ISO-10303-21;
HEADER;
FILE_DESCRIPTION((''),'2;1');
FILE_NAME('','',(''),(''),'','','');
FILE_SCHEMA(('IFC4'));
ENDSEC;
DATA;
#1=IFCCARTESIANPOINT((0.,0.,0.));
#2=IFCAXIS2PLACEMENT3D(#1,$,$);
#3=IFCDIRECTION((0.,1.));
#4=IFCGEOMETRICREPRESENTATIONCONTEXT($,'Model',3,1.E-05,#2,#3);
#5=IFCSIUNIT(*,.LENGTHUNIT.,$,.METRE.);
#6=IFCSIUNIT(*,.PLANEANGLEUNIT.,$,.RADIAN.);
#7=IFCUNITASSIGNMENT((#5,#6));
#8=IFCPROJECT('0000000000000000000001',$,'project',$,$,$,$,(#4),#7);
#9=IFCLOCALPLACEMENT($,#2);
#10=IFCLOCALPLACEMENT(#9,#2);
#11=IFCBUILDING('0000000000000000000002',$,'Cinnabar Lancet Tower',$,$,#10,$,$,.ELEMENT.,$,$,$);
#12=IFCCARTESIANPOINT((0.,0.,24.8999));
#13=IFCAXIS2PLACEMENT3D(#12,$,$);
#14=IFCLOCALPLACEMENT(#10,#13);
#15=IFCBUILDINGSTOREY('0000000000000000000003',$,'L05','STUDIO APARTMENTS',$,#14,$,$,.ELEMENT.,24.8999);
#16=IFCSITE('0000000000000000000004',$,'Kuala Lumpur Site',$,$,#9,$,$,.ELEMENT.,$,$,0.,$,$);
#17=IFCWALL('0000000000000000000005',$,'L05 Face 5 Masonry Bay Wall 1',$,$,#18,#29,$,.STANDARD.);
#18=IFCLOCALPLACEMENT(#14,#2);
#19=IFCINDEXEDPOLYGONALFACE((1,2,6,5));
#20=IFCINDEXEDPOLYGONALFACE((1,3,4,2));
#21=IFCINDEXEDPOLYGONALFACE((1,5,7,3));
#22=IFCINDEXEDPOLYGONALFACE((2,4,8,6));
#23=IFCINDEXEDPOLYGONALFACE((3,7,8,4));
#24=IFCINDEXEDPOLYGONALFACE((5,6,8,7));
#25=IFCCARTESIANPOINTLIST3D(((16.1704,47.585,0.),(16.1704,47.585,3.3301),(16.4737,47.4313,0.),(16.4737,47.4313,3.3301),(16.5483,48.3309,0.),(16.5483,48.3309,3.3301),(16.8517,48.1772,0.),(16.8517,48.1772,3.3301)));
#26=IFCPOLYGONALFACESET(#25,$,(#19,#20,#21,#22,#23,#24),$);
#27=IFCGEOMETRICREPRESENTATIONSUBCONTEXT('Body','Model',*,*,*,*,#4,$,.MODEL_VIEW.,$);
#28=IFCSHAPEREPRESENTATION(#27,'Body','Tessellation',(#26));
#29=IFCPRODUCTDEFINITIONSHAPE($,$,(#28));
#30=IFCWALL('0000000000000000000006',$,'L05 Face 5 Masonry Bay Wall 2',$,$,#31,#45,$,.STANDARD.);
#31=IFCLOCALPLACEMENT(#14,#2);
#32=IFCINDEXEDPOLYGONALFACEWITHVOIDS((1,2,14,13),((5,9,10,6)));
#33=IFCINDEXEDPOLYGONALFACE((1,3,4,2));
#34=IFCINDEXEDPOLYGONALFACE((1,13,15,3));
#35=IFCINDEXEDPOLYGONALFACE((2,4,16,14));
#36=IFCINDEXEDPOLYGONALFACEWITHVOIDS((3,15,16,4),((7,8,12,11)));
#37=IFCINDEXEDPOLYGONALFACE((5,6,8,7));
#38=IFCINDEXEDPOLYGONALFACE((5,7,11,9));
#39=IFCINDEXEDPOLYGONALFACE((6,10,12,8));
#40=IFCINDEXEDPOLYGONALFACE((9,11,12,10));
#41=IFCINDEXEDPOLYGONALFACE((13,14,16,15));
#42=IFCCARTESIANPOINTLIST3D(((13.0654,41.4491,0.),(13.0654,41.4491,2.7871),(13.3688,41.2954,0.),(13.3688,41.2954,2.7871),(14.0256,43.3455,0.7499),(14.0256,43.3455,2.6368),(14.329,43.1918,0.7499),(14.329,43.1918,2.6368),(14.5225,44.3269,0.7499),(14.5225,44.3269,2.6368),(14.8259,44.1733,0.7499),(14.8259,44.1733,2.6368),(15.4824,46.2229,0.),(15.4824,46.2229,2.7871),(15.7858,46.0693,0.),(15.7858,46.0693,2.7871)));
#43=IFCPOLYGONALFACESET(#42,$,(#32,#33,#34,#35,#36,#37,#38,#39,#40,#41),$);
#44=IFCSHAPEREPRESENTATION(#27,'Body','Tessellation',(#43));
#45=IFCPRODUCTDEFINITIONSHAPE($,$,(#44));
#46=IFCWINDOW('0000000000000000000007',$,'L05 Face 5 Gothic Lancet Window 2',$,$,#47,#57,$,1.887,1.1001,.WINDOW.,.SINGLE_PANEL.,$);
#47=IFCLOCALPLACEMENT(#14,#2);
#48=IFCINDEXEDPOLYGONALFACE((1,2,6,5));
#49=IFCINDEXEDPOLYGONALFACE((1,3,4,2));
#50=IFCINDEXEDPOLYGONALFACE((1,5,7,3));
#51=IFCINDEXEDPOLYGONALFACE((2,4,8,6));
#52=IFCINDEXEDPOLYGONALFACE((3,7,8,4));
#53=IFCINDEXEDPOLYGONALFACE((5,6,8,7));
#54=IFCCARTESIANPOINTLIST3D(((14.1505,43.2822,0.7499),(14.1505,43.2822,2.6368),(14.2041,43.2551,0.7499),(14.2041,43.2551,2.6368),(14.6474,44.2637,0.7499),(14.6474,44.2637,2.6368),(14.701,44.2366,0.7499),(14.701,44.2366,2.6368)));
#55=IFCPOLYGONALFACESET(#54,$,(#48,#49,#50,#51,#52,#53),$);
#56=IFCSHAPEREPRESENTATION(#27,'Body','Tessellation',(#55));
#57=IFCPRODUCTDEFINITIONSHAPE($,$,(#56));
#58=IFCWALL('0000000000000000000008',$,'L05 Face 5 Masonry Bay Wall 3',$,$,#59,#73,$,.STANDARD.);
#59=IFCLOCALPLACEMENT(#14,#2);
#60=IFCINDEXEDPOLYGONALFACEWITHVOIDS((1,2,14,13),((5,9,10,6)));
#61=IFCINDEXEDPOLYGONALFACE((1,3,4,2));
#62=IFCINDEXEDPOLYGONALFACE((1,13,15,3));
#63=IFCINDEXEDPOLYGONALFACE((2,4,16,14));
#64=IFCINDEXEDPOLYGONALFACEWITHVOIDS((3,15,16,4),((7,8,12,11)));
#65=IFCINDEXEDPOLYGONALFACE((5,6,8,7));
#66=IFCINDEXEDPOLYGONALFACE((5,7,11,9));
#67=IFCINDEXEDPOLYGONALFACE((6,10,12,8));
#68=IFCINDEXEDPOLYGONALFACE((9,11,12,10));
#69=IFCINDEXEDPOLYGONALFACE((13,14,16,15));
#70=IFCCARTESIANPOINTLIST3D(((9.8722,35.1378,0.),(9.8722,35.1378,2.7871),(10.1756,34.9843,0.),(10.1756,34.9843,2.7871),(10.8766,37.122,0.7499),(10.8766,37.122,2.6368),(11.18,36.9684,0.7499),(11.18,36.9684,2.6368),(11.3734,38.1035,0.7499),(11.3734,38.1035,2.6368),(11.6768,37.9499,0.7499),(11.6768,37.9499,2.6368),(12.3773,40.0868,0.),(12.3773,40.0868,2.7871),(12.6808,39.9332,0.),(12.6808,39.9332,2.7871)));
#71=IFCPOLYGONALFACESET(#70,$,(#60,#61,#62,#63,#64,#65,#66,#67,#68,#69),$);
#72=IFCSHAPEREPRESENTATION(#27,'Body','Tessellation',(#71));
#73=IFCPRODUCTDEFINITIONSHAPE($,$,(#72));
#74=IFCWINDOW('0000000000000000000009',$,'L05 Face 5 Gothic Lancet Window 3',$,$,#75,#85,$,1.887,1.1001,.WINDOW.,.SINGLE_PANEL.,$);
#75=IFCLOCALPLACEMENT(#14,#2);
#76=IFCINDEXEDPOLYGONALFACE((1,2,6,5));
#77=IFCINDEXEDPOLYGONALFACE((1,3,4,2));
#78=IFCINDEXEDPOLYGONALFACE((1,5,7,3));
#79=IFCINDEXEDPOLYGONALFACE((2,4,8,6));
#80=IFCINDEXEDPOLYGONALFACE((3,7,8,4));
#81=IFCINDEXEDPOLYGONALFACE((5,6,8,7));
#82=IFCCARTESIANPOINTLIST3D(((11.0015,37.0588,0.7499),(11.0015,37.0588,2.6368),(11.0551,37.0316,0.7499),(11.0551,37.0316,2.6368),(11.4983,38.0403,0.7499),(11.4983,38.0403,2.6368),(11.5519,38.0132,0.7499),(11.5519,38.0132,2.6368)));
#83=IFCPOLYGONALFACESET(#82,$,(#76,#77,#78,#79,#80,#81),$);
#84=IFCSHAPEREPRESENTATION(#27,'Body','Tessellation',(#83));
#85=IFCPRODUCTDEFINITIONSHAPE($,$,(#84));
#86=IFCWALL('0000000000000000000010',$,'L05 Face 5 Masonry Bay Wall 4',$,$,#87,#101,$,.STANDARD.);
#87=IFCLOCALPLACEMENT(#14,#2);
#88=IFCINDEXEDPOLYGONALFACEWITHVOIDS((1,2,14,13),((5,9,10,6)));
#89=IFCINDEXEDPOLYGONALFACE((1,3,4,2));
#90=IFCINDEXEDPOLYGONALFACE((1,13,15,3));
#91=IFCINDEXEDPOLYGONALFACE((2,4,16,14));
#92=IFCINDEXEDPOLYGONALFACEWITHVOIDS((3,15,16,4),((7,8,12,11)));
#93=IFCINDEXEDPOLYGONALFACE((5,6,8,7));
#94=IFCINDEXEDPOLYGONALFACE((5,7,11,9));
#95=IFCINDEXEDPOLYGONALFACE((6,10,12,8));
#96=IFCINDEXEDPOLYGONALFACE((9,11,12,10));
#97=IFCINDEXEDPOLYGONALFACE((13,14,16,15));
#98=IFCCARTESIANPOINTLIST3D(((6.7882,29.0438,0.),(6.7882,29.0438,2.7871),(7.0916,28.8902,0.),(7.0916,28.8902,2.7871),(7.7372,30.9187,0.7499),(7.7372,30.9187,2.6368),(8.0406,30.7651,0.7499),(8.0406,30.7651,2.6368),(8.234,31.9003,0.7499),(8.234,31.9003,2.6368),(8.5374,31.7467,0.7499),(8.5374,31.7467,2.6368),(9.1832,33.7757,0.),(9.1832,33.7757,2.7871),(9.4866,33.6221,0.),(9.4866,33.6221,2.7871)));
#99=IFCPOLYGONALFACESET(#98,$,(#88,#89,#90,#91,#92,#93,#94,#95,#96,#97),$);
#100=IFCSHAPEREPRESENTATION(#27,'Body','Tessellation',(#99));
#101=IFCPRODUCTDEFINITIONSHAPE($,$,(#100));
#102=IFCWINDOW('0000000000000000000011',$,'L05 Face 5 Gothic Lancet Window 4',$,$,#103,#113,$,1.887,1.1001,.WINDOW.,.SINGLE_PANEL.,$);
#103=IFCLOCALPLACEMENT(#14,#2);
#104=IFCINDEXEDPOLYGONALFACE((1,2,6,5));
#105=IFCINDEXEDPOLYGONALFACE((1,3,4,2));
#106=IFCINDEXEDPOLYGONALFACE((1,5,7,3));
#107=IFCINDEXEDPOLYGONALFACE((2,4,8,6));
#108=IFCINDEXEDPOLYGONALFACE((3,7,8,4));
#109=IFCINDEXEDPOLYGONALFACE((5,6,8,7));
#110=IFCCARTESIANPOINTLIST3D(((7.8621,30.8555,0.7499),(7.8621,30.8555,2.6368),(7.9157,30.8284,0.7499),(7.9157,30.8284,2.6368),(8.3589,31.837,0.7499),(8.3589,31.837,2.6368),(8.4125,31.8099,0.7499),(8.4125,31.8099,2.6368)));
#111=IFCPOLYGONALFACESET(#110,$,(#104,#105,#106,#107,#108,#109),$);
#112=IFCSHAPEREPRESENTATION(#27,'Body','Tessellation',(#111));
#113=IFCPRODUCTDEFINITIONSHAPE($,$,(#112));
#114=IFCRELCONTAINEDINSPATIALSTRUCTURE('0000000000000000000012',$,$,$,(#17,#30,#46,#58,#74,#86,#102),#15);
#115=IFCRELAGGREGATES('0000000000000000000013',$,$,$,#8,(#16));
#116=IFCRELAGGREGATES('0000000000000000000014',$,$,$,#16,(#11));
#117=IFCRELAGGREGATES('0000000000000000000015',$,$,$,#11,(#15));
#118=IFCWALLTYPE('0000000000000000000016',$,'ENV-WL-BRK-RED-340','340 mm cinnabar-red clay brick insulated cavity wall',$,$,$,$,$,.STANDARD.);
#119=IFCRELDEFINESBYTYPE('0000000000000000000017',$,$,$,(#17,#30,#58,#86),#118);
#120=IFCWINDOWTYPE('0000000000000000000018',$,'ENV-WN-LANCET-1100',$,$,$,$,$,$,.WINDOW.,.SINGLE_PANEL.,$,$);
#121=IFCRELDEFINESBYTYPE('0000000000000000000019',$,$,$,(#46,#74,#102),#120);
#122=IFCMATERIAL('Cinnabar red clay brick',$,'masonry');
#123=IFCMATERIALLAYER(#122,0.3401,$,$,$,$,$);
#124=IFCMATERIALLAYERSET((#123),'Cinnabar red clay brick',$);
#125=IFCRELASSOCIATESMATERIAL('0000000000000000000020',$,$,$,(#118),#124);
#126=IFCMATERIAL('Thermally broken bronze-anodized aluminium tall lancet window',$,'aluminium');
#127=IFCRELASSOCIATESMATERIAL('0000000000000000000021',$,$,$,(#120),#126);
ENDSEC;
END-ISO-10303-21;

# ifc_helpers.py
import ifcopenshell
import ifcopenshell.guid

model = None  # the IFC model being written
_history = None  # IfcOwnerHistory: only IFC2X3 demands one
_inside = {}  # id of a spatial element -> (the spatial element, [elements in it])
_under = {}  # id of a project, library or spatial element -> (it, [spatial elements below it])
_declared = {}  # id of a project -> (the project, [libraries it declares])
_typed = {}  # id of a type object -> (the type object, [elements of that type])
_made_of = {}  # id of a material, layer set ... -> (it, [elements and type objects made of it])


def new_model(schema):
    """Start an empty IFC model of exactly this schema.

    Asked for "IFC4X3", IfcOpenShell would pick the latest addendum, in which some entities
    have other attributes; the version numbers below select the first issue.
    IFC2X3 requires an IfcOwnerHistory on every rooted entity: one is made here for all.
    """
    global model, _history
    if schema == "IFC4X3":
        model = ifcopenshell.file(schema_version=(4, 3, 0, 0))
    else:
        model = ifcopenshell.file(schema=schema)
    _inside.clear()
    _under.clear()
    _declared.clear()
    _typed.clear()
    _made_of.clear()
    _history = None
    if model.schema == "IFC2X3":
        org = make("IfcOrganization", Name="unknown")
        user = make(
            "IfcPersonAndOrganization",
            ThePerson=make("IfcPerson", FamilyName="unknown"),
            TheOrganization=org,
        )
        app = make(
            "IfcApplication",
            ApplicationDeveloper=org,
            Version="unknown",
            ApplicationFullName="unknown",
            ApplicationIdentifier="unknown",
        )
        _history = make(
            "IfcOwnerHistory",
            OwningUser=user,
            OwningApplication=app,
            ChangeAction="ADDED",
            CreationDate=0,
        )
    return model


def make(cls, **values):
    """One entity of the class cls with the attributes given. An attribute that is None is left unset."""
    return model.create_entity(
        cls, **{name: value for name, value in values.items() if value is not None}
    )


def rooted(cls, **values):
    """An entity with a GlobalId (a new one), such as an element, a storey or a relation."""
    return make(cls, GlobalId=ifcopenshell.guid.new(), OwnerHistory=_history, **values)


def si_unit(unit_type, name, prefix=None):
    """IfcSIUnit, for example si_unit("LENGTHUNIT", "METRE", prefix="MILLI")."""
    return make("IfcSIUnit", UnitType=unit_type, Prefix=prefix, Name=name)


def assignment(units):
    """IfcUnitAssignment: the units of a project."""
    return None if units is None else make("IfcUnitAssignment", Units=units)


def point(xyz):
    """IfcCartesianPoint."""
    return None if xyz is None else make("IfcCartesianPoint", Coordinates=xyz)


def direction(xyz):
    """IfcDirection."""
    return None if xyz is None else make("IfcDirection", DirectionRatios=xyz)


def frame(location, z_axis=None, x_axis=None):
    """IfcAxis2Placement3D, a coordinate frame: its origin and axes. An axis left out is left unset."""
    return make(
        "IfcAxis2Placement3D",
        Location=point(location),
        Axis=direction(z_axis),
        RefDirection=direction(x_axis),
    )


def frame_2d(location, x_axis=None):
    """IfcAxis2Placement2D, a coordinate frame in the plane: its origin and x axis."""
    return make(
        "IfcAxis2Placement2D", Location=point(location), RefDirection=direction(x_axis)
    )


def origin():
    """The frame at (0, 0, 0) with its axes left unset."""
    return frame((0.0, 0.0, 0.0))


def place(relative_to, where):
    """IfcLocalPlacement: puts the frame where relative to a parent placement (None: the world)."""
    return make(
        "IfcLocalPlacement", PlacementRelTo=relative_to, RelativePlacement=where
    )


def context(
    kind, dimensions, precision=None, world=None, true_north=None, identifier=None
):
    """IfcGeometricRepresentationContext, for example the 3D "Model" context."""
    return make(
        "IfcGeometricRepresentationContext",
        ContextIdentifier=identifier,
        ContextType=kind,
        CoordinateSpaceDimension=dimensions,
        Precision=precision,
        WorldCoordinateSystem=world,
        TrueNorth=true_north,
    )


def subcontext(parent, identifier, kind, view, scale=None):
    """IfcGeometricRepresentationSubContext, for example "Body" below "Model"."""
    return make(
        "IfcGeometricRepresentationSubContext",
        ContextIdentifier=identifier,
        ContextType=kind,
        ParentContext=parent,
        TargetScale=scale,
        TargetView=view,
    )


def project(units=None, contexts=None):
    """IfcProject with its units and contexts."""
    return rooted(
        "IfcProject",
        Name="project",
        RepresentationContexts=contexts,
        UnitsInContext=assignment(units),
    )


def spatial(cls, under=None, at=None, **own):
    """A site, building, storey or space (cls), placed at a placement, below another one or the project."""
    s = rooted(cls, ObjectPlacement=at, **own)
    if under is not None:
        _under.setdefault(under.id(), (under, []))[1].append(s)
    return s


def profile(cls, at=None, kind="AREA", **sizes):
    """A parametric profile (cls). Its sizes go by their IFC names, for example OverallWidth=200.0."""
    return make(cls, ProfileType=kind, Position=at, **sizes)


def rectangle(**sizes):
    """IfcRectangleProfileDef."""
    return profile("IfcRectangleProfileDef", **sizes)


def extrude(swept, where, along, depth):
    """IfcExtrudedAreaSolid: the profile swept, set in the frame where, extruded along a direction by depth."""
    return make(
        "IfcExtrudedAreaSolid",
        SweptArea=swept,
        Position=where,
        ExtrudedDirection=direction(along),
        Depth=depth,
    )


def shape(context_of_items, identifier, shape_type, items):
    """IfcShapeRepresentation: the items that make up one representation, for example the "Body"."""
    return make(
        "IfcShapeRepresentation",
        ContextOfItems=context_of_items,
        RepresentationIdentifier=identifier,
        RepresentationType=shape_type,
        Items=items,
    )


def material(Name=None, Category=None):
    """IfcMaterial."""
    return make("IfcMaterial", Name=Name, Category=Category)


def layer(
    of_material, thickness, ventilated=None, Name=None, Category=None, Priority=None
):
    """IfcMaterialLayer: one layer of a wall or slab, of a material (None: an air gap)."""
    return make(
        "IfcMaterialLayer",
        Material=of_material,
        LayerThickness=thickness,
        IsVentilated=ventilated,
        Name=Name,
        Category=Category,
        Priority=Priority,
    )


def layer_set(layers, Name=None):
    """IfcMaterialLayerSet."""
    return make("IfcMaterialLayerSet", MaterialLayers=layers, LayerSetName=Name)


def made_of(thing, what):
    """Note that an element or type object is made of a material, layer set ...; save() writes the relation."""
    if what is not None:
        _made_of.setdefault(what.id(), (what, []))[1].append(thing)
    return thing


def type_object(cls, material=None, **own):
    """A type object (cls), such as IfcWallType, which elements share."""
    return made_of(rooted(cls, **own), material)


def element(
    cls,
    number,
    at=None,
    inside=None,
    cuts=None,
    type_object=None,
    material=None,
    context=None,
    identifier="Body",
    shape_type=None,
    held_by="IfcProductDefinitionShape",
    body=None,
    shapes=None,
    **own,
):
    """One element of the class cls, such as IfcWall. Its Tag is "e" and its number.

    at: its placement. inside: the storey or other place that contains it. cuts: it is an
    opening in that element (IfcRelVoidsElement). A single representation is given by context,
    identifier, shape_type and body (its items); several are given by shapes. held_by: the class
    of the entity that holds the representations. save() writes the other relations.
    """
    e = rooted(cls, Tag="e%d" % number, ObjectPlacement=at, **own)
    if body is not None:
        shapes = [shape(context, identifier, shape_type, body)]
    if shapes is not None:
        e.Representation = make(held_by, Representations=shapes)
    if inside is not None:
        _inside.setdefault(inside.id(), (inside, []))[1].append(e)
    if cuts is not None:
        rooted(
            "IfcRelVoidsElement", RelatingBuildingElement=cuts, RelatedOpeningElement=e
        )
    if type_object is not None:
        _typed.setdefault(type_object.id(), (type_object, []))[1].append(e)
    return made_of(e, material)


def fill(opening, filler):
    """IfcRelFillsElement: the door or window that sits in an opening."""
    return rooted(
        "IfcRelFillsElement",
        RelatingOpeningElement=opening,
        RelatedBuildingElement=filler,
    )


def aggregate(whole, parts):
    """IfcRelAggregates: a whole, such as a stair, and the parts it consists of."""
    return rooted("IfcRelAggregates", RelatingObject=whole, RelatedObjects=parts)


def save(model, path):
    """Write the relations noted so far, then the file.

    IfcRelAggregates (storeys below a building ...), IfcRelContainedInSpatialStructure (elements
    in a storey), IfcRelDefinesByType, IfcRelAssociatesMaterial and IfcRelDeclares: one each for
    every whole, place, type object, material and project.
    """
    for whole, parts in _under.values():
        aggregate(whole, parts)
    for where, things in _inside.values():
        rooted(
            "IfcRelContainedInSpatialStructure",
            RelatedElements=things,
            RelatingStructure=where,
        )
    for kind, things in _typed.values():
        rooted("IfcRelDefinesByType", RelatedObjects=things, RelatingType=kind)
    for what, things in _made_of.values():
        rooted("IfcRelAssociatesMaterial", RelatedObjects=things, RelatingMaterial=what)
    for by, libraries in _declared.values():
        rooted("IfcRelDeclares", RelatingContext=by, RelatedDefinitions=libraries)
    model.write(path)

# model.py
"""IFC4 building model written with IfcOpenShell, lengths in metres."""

from ifc_helpers import new_model, si_unit, direction, frame, frame_2d, origin, place, context, subcontext, project, spatial, rectangle, extrude, material, layer, layer_set, type_object, element, fill, save


model = new_model("IFC4")

# Units and contexts
model_context = context("Model", 3, precision=1e-05, world=origin(), true_north=direction((0.0, 1.0)))
body_context = subcontext(model_context, "Body", "Model", "MODEL_VIEW")
ifc_project = project(units=[si_unit("LENGTHUNIT", "METRE"), si_unit("PLANEANGLEUNIT", "RADIAN")], contexts=[model_context])

# Site, building, storey
site_placement = place(None, origin())
site = spatial("IfcSite", under=ifc_project, at=site_placement, Name="Kuala Lumpur Site", CompositionType="ELEMENT", RefElevation=0.0)
building_placement = place(site_placement, origin())
building = spatial("IfcBuilding", under=site, at=building_placement, Name="Cinnabar Lancet Tower", CompositionType="ELEMENT")
storey_placement = place(building_placement, frame((0.0, 0.0, 24.8999)))
storey = spatial("IfcBuildingStorey", under=building, at=storey_placement, Name="L05", Description="STUDIO APARTMENTS", CompositionType="ELEMENT", Elevation=24.8999)

# Wall
ifc_material_1 = material(Name="Cinnabar red clay brick", Category="masonry")
ifc_layer_1 = layer(ifc_material_1, 0.3401)
ifc_layer_set_1 = layer_set([ifc_layer_1], Name="Cinnabar red clay brick")
wall_type_1 = type_object("IfcWallType", Name="ENV-WL-BRK-RED-340", Description="340 mm cinnabar-red clay brick insulated cavity wall", PredefinedType="STANDARD", material=ifc_layer_set_1)
wall_1_placement = place(storey_placement, frame((16.7, 48.2539, 0.0), z_axis=(0.0, 0.0, 1.0), x_axis=(-0.451996, -0.89202, 0.0)))
element("IfcWall", 1, at=wall_1_placement, inside=storey, type_object=wall_type_1, Name="L05 Face 5 Masonry Bay Wall 1", PredefinedType="STANDARD", context=body_context, shape_type="SweptSolid", body=[
    extrude(rectangle(XDim=0.8362, YDim=0.3401, at=frame_2d((0.418, 0.0))), origin(), (0.0, 0.0, 1.0), 3.3301),
])

# Walls, openings, windows
wall_2_placement = place(storey_placement, frame((15.634, 46.146, 0.0), z_axis=(0.0, 0.0, 1.0), x_axis=(-0.451698, -0.892171, 0.0)))
wall_2 = element("IfcWall", 2, at=wall_2_placement, inside=storey, type_object=wall_type_1, Name="L05 Face 5 Masonry Bay Wall 2", PredefinedType="STANDARD", context=body_context, shape_type="SweptSolid", body=[
    extrude(rectangle(XDim=5.3508, YDim=0.3401, at=frame_2d((2.6753, 0.0))), origin(), (0.0, 0.0, 1.0), 2.7871),
])
opening_1_placement = place(wall_2_placement, frame((2.125, 0.0, 0.75)))
opening_1 = element("IfcOpeningElement", 3, at=opening_1_placement, cuts=wall_2, PredefinedType="OPENING", context=body_context, shape_type="SweptSolid", body=[
    extrude(rectangle(XDim=1.1001, YDim=1.887, at=frame_2d((0.55, 0.9434))), frame((0.0, 0.1799, 0.0), z_axis=(0.0, -1.0, 0.0), x_axis=(1.0, 0.0, 0.0)), (0.0, 0.0, 1.0), 0.3601),
])
ifc_material_2 = material(Name="Thermally broken bronze-anodized aluminium tall lancet window", Category="aluminium")
window_type = type_object("IfcWindowType", Name="ENV-WN-LANCET-1100", PartitioningType="SINGLE_PANEL", PredefinedType="WINDOW", material=ifc_material_2)
window_1_placement = place(opening_1_placement, origin())
window_1 = element("IfcWindow", 4, at=window_1_placement, inside=storey, type_object=window_type, Name="L05 Face 5 Gothic Lancet Window 2", OverallHeight=1.887, OverallWidth=1.1001, PartitioningType="SINGLE_PANEL", PredefinedType="WINDOW", context=body_context, shape_type="SweptSolid", body=[
    extrude(rectangle(XDim=1.1001, YDim=1.887, at=frame_2d((0.55, 0.9434))), frame((0.0, 0.03, 0.0), z_axis=(0.0, -1.0, 0.0), x_axis=(1.0, 0.0, 0.0)), (0.0, 0.0, 1.0), 0.0601),
])
fill(opening_1, window_1)
wall_3_placement = place(storey_placement, frame((12.5291, 40.01, 0.0), z_axis=(0.0, 0.0, 1.0), x_axis=(-0.451627, -0.892207, 0.0)))
wall_3 = element("IfcWall", 5, at=wall_3_placement, inside=storey, type_object=wall_type_1, Name="L05 Face 5 Masonry Bay Wall 3", PredefinedType="STANDARD", context=body_context, shape_type="SweptSolid", body=[
    extrude(rectangle(XDim=5.5469, YDim=0.3401, at=frame_2d((2.7734, 0.0))), origin(), (0.0, 0.0, 1.0), 2.7871),
])
opening_2_placement = place(wall_3_placement, frame((2.2229, 0.0, 0.75)))
opening_2 = element("IfcOpeningElement", 6, at=opening_2_placement, cuts=wall_3, PredefinedType="OPENING", context=body_context, shape_type="SweptSolid", body=[
    extrude(rectangle(XDim=1.1001, YDim=1.887, at=frame_2d((0.55, 0.9434))), frame((0.0, 0.1799, 0.0), z_axis=(0.0, -1.0, 0.0), x_axis=(1.0, 0.0, 0.0)), (0.0, 0.0, 1.0), 0.3601),
])
window_2_placement = place(opening_2_placement, origin())
window_2 = element("IfcWindow", 7, at=window_2_placement, inside=storey, type_object=window_type, Name="L05 Face 5 Gothic Lancet Window 3", OverallHeight=1.887, OverallWidth=1.1001, PartitioningType="SINGLE_PANEL", PredefinedType="WINDOW", context=body_context, shape_type="SweptSolid", body=[
    extrude(rectangle(XDim=1.1001, YDim=1.887, at=frame_2d((0.55, 0.9434))), frame((0.0, 0.03, 0.0), z_axis=(0.0, -1.0, 0.0), x_axis=(1.0, 0.0, 0.0)), (0.0, 0.0, 1.0), 0.0601),
])
fill(opening_2, window_2)
wall_4_placement = place(storey_placement, frame((9.335, 33.699, 0.0), z_axis=(0.0, 0.0, 1.0), x_axis=(-0.451591, -0.892225, 0.0)))
wall_4 = element("IfcWall", 8, at=wall_4_placement, inside=storey, type_object=wall_type_1, Name="L05 Face 5 Masonry Bay Wall 4", PredefinedType="STANDARD", context=body_context, shape_type="SweptSolid", body=[
    extrude(rectangle(XDim=5.3035, YDim=0.3401, at=frame_2d((2.6519, 0.0))), origin(), (0.0, 0.0, 1.0), 2.7871),
])
opening_3_placement = place(wall_4_placement, frame((2.1021, 0.0, 0.75)))
opening_3 = element("IfcOpeningElement", 9, at=opening_3_placement, cuts=wall_4, PredefinedType="OPENING", context=body_context, shape_type="SweptSolid", body=[
    extrude(rectangle(XDim=1.1001, YDim=1.887, at=frame_2d((0.55, 0.9434))), frame((0.0, 0.1799, 0.0), z_axis=(0.0, -1.0, 0.0), x_axis=(1.0, 0.0, 0.0)), (0.0, 0.0, 1.0), 0.3601),
])
window_3_placement = place(opening_3_placement, origin())
window_3 = element("IfcWindow", 10, at=window_3_placement, inside=storey, type_object=window_type, Name="L05 Face 5 Gothic Lancet Window 4", OverallHeight=1.887, OverallWidth=1.1001, PartitioningType="SINGLE_PANEL", PredefinedType="WINDOW", context=body_context, shape_type="SweptSolid", body=[
    extrude(rectangle(XDim=1.1001, YDim=1.887, at=frame_2d((0.55, 0.9434))), frame((0.0, 0.03, 0.0), z_axis=(0.0, -1.0, 0.0), x_axis=(1.0, 0.0, 0.0)), (0.0, 0.0, 1.0), 0.0601),
])
fill(opening_3, window_3)

save(model, "model.ifc")
